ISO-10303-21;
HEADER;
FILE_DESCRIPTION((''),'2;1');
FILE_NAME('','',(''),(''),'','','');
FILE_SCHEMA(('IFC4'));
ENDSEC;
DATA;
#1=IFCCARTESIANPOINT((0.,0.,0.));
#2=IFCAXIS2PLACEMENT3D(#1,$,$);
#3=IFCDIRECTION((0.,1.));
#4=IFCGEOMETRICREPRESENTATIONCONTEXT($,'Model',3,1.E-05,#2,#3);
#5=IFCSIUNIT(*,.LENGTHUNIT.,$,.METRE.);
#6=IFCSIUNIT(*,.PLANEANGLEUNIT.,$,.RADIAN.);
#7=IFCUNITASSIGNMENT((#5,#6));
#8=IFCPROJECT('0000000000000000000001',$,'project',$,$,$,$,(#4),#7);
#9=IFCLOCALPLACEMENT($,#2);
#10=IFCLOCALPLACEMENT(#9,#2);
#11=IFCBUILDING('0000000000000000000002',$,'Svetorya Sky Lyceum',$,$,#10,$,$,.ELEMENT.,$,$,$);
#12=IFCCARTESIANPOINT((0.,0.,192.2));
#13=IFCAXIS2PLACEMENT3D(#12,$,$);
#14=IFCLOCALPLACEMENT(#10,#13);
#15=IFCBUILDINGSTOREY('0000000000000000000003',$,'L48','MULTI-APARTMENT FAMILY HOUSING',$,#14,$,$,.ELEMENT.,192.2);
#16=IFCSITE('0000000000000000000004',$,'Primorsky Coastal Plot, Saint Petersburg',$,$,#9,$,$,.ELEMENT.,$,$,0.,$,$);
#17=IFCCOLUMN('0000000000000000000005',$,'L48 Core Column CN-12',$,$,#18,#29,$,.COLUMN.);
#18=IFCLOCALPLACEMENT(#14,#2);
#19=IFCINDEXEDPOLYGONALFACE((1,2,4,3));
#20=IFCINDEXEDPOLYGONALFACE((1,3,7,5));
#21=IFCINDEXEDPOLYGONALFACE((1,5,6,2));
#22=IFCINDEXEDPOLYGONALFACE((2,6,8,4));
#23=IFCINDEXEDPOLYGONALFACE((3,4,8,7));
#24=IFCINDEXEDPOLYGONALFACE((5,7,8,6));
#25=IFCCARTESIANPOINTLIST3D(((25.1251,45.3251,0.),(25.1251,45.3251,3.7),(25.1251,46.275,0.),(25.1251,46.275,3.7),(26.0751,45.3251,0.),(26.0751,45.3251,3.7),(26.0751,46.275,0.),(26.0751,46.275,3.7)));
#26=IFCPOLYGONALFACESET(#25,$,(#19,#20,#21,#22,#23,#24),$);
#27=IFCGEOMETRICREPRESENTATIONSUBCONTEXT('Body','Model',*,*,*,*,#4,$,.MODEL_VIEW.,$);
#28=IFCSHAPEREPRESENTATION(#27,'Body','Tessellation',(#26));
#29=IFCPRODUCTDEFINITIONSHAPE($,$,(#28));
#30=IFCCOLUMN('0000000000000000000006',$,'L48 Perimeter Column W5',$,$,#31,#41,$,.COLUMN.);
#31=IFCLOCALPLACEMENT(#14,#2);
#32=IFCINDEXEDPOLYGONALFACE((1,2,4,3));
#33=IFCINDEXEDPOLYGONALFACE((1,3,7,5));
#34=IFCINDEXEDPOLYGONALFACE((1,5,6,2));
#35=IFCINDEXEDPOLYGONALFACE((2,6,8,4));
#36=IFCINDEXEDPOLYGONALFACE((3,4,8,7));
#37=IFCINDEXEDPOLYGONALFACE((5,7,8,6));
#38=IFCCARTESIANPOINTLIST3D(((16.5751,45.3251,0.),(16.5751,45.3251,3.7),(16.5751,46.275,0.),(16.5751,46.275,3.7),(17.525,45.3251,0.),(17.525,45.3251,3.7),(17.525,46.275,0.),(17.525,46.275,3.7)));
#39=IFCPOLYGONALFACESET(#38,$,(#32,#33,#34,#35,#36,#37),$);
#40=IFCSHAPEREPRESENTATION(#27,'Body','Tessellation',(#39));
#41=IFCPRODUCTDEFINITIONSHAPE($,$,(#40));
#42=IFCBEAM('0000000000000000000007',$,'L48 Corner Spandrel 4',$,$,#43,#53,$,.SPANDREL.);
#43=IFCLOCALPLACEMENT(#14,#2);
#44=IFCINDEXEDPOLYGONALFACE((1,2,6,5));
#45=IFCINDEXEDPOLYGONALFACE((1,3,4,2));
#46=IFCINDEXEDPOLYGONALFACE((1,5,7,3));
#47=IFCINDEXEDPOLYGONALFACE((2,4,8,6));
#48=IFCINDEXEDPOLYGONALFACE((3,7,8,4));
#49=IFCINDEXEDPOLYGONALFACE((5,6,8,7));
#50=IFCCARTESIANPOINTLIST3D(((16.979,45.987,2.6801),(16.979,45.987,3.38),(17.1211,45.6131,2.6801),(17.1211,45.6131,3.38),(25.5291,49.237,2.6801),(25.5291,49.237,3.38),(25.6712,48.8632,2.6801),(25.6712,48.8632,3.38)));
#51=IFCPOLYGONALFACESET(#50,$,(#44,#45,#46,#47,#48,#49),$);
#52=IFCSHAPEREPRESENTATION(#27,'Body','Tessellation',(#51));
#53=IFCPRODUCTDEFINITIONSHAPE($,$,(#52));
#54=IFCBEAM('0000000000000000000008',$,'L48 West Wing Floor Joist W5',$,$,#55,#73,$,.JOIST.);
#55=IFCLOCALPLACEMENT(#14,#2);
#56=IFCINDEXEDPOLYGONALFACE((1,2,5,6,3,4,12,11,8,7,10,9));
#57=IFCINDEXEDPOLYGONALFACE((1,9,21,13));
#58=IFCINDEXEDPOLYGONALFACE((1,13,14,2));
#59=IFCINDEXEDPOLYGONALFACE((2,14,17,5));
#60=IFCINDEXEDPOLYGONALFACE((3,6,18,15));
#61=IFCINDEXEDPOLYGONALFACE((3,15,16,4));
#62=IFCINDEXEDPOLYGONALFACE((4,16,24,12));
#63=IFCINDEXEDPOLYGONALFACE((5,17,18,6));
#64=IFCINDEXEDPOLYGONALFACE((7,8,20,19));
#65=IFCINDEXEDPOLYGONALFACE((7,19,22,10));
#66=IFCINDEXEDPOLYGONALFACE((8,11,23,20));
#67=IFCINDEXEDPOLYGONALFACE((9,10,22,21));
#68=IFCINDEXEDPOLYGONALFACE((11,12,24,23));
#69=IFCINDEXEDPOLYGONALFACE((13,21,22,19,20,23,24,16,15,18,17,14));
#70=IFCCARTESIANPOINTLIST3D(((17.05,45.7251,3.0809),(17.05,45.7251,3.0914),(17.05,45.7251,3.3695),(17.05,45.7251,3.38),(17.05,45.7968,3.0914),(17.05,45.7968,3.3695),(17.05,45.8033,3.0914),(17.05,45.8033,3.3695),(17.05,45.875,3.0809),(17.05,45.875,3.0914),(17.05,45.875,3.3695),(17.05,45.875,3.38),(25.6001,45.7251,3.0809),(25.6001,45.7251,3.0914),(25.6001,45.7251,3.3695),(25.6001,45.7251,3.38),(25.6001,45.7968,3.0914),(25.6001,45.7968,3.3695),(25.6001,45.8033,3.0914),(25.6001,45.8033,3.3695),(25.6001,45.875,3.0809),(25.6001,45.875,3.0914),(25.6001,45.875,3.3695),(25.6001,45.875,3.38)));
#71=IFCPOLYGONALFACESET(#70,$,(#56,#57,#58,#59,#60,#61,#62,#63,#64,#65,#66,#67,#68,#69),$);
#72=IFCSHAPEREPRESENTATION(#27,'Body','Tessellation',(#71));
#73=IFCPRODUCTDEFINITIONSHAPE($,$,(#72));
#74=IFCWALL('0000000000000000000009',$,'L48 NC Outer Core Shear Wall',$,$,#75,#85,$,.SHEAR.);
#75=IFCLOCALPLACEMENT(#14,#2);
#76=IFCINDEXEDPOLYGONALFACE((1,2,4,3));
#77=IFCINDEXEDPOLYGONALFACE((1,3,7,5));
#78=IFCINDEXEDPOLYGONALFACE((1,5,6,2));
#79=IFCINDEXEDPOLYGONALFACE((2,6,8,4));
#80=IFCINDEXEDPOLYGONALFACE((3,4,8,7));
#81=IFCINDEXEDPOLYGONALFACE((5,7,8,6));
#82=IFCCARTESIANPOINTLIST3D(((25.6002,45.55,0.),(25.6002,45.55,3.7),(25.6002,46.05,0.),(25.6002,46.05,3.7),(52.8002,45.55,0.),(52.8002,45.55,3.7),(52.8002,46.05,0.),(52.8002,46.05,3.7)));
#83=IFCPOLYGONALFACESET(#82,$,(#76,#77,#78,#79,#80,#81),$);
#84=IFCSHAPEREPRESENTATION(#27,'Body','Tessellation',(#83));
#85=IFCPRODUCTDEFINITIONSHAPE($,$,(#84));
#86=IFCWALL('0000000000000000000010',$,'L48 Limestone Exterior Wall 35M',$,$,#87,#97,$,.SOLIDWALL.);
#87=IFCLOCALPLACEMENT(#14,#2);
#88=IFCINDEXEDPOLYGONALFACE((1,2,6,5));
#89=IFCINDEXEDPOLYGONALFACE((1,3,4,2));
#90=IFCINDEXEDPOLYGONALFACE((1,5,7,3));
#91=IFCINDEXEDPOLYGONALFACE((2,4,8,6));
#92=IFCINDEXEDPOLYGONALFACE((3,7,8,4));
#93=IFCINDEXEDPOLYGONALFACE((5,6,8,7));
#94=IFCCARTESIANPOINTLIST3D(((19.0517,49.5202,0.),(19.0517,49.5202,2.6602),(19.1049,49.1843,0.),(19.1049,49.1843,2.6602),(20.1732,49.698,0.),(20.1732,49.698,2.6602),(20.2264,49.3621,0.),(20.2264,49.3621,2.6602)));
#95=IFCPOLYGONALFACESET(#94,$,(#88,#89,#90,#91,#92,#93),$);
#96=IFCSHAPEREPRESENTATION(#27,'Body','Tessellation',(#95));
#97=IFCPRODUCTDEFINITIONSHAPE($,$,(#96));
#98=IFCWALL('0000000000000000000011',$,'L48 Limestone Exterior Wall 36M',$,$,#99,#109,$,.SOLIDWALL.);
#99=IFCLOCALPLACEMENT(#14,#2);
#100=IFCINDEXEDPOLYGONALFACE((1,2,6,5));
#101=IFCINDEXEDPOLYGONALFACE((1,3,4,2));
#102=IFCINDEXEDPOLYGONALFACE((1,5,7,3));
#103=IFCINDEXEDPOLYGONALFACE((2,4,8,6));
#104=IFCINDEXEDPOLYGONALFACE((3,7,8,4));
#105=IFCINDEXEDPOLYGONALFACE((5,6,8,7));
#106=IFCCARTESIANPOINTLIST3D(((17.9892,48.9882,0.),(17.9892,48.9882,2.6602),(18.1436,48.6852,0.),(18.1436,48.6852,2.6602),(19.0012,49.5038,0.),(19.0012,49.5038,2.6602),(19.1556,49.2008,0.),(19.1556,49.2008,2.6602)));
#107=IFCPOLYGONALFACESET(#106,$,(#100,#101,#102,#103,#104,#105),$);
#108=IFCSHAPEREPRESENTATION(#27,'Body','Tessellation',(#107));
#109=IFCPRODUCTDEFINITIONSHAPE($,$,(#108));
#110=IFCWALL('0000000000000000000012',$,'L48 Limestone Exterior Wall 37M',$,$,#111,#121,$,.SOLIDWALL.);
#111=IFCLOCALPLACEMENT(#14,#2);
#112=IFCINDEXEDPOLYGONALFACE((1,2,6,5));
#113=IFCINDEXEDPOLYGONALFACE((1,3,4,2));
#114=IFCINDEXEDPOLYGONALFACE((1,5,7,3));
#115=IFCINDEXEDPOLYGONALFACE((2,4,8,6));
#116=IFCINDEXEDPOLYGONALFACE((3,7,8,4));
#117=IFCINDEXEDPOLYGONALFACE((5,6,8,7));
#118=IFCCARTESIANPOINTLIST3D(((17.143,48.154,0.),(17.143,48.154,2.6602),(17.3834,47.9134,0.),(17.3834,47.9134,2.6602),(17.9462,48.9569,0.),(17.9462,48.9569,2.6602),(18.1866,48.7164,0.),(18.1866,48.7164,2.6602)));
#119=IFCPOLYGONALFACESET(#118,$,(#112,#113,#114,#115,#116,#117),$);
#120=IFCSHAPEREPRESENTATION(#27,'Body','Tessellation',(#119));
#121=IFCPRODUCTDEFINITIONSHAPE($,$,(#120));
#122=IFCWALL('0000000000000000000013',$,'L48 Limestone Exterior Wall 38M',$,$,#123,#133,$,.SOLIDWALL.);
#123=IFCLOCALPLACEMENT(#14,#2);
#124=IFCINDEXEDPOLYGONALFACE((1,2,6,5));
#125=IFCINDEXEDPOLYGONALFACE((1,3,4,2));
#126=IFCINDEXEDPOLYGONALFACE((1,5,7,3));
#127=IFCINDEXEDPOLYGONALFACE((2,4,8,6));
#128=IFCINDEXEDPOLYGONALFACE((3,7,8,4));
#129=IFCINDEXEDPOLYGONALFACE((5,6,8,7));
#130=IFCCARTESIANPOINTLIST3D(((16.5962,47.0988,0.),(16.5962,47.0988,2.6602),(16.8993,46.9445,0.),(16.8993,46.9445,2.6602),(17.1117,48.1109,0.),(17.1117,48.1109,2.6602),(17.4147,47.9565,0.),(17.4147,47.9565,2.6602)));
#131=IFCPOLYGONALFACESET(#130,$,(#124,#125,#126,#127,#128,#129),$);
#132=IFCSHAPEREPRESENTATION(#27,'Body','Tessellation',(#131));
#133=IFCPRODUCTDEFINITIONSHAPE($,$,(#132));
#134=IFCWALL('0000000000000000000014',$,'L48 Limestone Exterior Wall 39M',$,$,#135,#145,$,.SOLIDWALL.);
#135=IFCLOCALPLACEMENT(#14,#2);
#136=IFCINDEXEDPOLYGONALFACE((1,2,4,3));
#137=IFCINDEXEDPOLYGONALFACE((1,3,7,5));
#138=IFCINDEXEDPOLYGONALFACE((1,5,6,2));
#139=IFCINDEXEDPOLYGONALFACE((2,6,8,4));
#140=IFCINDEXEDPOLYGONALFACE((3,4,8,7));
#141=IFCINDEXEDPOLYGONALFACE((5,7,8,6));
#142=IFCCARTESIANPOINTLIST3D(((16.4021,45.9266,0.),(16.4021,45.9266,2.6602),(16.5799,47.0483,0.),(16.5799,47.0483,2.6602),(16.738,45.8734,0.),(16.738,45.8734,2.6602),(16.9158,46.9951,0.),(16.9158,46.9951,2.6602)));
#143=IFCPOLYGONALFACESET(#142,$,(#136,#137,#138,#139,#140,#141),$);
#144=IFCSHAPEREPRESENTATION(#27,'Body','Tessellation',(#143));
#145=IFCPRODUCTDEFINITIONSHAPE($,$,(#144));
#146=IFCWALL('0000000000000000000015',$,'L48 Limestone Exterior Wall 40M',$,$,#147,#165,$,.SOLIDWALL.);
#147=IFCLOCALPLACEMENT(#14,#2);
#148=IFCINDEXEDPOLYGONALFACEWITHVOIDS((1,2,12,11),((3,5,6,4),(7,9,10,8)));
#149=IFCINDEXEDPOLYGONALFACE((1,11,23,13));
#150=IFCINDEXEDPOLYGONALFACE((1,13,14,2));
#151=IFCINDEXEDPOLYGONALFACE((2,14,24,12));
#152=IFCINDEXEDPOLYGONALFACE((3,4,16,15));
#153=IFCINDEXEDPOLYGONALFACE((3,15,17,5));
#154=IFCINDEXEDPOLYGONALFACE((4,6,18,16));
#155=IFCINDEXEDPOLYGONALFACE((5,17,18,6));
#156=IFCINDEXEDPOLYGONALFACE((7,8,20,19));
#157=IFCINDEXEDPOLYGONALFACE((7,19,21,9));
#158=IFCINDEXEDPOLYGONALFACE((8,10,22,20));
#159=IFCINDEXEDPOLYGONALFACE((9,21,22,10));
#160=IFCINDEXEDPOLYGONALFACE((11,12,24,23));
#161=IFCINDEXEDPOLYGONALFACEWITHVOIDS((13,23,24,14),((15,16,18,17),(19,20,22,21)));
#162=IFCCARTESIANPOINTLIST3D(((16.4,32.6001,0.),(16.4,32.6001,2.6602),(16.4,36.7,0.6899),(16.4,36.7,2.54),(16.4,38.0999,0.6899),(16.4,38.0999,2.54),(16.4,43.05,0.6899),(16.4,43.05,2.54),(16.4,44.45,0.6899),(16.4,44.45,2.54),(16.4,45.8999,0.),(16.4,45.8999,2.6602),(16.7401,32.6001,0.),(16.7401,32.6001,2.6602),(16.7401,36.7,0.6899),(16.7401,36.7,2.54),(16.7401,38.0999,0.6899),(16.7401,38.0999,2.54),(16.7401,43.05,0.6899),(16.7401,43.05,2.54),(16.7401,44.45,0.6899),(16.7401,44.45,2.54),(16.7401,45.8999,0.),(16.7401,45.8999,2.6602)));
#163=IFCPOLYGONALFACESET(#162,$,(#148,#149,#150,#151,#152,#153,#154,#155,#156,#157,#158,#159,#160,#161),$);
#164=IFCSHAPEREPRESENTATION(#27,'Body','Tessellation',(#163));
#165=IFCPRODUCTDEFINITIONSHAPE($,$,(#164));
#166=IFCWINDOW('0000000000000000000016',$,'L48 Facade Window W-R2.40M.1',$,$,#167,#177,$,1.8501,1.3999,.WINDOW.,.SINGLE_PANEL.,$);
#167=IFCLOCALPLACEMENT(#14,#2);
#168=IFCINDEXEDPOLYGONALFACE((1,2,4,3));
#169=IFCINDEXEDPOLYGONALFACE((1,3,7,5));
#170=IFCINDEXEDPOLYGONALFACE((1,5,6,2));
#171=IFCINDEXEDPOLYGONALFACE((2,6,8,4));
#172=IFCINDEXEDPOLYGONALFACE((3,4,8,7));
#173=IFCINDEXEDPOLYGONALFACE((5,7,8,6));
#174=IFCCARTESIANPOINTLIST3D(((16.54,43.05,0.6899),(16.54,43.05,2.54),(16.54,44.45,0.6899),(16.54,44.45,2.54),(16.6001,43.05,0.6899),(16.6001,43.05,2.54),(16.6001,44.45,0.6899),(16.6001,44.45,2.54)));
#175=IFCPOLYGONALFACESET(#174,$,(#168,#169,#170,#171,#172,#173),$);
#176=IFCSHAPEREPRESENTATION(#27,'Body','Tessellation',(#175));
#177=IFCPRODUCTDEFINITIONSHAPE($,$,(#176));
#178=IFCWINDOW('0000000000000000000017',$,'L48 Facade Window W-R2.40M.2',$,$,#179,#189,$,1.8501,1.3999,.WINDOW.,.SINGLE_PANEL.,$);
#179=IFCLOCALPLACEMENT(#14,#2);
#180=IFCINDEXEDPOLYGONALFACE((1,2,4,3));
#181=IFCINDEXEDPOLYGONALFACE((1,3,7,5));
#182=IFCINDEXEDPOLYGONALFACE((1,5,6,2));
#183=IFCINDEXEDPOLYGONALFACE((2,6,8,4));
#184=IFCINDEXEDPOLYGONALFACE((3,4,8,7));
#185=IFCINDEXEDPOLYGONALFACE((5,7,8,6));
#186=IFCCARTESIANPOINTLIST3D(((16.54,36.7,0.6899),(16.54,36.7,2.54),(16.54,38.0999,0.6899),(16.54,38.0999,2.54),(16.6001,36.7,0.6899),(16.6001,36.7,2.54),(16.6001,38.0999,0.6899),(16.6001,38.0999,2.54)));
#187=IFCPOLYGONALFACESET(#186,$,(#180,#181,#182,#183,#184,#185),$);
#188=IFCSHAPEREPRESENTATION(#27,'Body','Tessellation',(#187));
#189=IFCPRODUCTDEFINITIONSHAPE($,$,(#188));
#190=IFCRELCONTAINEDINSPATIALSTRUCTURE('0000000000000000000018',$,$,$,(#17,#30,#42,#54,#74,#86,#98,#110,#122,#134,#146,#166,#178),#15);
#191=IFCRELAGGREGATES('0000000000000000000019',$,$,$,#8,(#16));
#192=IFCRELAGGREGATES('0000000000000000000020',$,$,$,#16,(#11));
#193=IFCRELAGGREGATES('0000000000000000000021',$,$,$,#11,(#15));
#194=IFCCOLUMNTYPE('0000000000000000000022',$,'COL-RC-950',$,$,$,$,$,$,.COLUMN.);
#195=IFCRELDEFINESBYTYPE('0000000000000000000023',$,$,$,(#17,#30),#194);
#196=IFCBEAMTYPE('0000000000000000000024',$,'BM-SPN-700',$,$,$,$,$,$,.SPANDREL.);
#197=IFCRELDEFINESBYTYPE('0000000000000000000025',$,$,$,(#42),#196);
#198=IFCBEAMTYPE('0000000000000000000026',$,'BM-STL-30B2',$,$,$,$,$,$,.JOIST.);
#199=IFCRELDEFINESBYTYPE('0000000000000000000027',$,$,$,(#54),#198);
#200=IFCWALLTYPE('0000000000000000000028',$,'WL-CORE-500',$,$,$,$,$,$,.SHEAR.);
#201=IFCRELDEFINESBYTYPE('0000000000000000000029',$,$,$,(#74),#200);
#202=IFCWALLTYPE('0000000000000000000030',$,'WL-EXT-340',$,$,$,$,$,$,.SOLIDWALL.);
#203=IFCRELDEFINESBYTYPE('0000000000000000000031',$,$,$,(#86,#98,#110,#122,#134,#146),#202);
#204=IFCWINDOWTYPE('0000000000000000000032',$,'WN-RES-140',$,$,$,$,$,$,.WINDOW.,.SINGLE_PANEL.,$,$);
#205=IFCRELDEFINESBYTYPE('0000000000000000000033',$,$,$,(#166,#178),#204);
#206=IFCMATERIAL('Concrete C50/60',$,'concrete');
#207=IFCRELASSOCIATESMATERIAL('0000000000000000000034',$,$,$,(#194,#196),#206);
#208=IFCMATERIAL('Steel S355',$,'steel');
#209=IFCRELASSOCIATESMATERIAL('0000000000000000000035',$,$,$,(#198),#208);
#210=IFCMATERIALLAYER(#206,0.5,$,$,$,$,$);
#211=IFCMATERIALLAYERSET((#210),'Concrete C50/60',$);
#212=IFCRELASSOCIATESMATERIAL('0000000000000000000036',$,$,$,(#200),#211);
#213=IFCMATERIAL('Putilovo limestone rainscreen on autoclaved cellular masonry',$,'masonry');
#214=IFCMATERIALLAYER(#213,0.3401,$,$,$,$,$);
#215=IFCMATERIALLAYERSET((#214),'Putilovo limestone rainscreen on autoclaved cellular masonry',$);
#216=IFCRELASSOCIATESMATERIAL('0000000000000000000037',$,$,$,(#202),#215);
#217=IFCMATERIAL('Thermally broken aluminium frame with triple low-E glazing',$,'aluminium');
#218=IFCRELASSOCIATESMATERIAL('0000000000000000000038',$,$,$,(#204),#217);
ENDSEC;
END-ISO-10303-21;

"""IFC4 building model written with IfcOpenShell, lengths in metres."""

from ifc_helpers import new_model, si_unit, direction, frame, frame_2d, origin, origin_2d, place, context, subcontext, project, spatial, rectangle, i_section, extrude, material, layer, layer_set, material_profile, profile_set, type_object, element, fill, save


model = new_model("IFC4")

# Units and contexts
model_context = context("Model", 3, precision=1e-05, world=origin(), true_north=direction((0.0, 1.0)))
body_context = subcontext(model_context, "Body", "Model", "MODEL_VIEW")
ifc_project = project(units=[si_unit("LENGTHUNIT", "METRE"), si_unit("PLANEANGLEUNIT", "RADIAN")], contexts=[model_context])

# Site, building, storey
site_placement = place(None, origin())
site = spatial("IfcSite", under=ifc_project, at=site_placement, Name="Primorsky Coastal Plot, Saint Petersburg", CompositionType="ELEMENT", RefElevation=0.0)
building_placement = place(site_placement, origin())
building = spatial("IfcBuilding", under=site, at=building_placement, Name="Svetorya Sky Lyceum", CompositionType="ELEMENT")
storey_placement = place(building_placement, frame((0.0, 0.0, 192.2)))
storey = spatial("IfcBuildingStorey", under=building, at=storey_placement, Name="L48", Description="MULTI-APARTMENT FAMILY HOUSING", CompositionType="ELEMENT", Elevation=192.2)

# Columns
ifc_material_1 = material(Name="Concrete C50/60", Category="concrete")
ifc_material_profile_1 = material_profile(ifc_material_1, rectangle(XDim=0.95, YDim=0.95, at=origin_2d()), Name="RC COL 950x950")
ifc_profile_set_1 = profile_set([ifc_material_profile_1], Name="Concrete C50/60")
column_type = type_object("IfcColumnType", Name="COL-RC-950", PredefinedType="COLUMN", material=ifc_profile_set_1)
for number, where, z_axis, x_axis, name in (
    (1, (25.6001, 45.8, 0.0), (0.0, 0.0, 1.0), (1.0, 0.0, 0.0), "L48 Core Column CN-12"),
    (2, (17.05, 45.8, 0.0), (0.0, 0.0, 1.0), (1.0, 0.0, 0.0), "L48 Perimeter Column W5"),
):
    element("IfcColumn", number, at=place(storey_placement, frame(where, z_axis=z_axis, x_axis=x_axis)), inside=storey, type_object=column_type, Name=name, PredefinedType="COLUMN", context=body_context, shape_type="SweptSolid", body=[
        extrude(rectangle(XDim=0.95, YDim=0.95, at=origin_2d()), origin(), (0.0, 0.0, 1.0), 3.7),
    ])

# Beams
ifc_material_profile_2 = material_profile(ifc_material_1, rectangle(XDim=0.3999, YDim=0.7, at=origin_2d()), Name="RC SPANDREL 400x700")
ifc_profile_set_2 = profile_set([ifc_material_profile_2], Name="Concrete C50/60")
beam_type_1 = type_object("IfcBeamType", Name="BM-SPN-700", PredefinedType="SPANDREL", material=ifc_profile_set_2)
beam_1_placement = place(storey_placement, frame((17.05, 45.8, 3.03), z_axis=(0.934748, 0.355312, 0.0), x_axis=(-0.355312, 0.934748, 0.0)))
element("IfcBeam", 3, at=beam_1_placement, inside=storey, type_object=beam_type_1, Name="L48 Corner Spandrel 4", PredefinedType="SPANDREL", context=body_context, shape_type="SweptSolid", body=[
    extrude(rectangle(XDim=0.3999, YDim=0.7, at=origin_2d()), origin(), (0.0, 0.0, 1.0), 9.147),
])
ifc_material_2 = material(Name="Steel S355", Category="steel")
ifc_material_profile_3 = material_profile(ifc_material_2, i_section(OverallWidth=0.1499, OverallDepth=0.2991, WebThickness=0.0066, FlangeThickness=0.0105, at=origin_2d()), Name="GOST 30B2")
ifc_profile_set_3 = profile_set([ifc_material_profile_3], Name="Steel S355")
beam_type_2 = type_object("IfcBeamType", Name="BM-STL-30B2", PredefinedType="JOIST", material=ifc_profile_set_3)
beam_2_placement = place(storey_placement, frame((17.05, 45.8, 3.2305), z_axis=(1.0, 0.0, 0.0), x_axis=(0.0, 1.0, 0.0)))
element("IfcBeam", 4, at=beam_2_placement, inside=storey, type_object=beam_type_2, Name="L48 West Wing Floor Joist W5", PredefinedType="JOIST", context=body_context, shape_type="SweptSolid", body=[
    extrude(i_section(OverallWidth=0.1499, OverallDepth=0.2991, WebThickness=0.0066, FlangeThickness=0.0105, at=origin_2d()), origin(), (0.0, 0.0, 1.0), 8.55),
])

# Walls
ifc_layer_1 = layer(ifc_material_1, 0.5)
ifc_layer_set_1 = layer_set([ifc_layer_1], Name="Concrete C50/60")
wall_type_1 = type_object("IfcWallType", Name="WL-CORE-500", PredefinedType="SHEAR", material=ifc_layer_set_1)
wall_1_placement = place(storey_placement, frame((25.6001, 45.8, 0.0), z_axis=(0.0, 0.0, 1.0), x_axis=(1.0, 0.0, 0.0)))
element("IfcWall", 5, at=wall_1_placement, inside=storey, type_object=wall_type_1, Name="L48 NC Outer Core Shear Wall", PredefinedType="SHEAR", context=body_context, shape_type="SweptSolid", body=[
    extrude(rectangle(XDim=27.2, YDim=0.5, at=frame_2d((13.6001, 0.0))), origin(), (0.0, 0.0, 1.0), 3.7),
])
ifc_material_3 = material(Name="Putilovo limestone rainscreen on autoclaved cellular masonry", Category="masonry")
ifc_layer_2 = layer(ifc_material_3, 0.3401)
ifc_layer_set_2 = layer_set([ifc_layer_2], Name="Putilovo limestone rainscreen on autoclaved cellular masonry")
wall_type_2 = type_object("IfcWallType", Name="WL-EXT-340", PredefinedType="SOLIDWALL", material=ifc_layer_set_2)
wall_2_placement = place(storey_placement, frame((20.2, 49.53, 0.0), z_axis=(0.0, 0.0, 1.0), x_axis=(-0.987676, -0.156515, 0.0)))
element("IfcWall", 6, at=wall_2_placement, inside=storey, type_object=wall_type_2, Name="L48 Limestone Exterior Wall 35M", PredefinedType="SOLIDWALL", context=body_context, shape_type="SweptSolid", body=[
    extrude(rectangle(XDim=1.1355, YDim=0.3401, at=frame_2d((0.5679, 0.0))), origin(), (0.0, 0.0, 1.0), 2.6602),
])
for number, where, z_axis, x_axis, name in (
    (7, (19.0784, 49.3523, 0.0), (0.0, 0.0, 1.0), (-0.891005, -0.453993, 0.0), "L48 Limestone Exterior Wall 36M"),
    (8, (18.0664, 48.8367, 0.0), (0.0, 0.0, 1.0), (-0.707214, -0.706999, 0.0), "L48 Limestone Exterior Wall 37M"),
    (9, (17.2632, 48.0337, 0.0), (0.0, 0.0, 1.0), (-0.453823, -0.891092, 0.0), "L48 Limestone Exterior Wall 38M"),
    (10, (16.7478, 47.0217, 0.0), (0.0, 0.0, 1.0), (-0.156481, -0.987681, 0.0), "L48 Limestone Exterior Wall 39M"),
):
    element("IfcWall", number, at=place(storey_placement, frame(where, z_axis=z_axis, x_axis=x_axis)), inside=storey, type_object=wall_type_2, Name=name, PredefinedType="SOLIDWALL", context=body_context, shape_type="SweptSolid", body=[
        extrude(rectangle(XDim=1.1357, YDim=0.3401, at=frame_2d((0.5679, 0.0))), origin(), (0.0, 0.0, 1.0), 2.6602),
    ])

# Wall, openings, windows
wall_3_placement = place(storey_placement, frame((16.5701, 45.8999, 0.0), z_axis=(0.0, 0.0, 1.0), x_axis=(0.0, -1.0, 0.0)))
wall_3 = element("IfcWall", 11, at=wall_3_placement, inside=storey, type_object=wall_type_2, Name="L48 Limestone Exterior Wall 40M", PredefinedType="SOLIDWALL", context=body_context, shape_type="SweptSolid", body=[
    extrude(rectangle(XDim=13.2998, YDim=0.3401, at=frame_2d((6.6499, 0.0))), origin(), (0.0, 0.0, 1.0), 2.6602),
])
opening_1_placement = place(wall_3_placement, frame((1.45, 0.0, 0.6899)))
opening_1 = element("IfcOpeningElement", 12, at=opening_1_placement, cuts=wall_3, PredefinedType="OPENING", context=body_context, shape_type="SweptSolid", body=[
    extrude(rectangle(XDim=1.3999, YDim=1.8501, at=frame_2d((0.7, 0.925))), frame((0.0, 0.1799, 0.0), z_axis=(0.0, -1.0, 0.0), x_axis=(1.0, 0.0, 0.0)), (0.0, 0.0, 1.0), 0.3601),
])
opening_2_placement = place(wall_3_placement, frame((7.8, 0.0, 0.6899)))
opening_2 = element("IfcOpeningElement", 13, at=opening_2_placement, cuts=wall_3, PredefinedType="OPENING", context=body_context, shape_type="SweptSolid", body=[
    extrude(rectangle(XDim=1.3999, YDim=1.8501, at=frame_2d((0.7, 0.925))), frame((0.0, 0.1799, 0.0), z_axis=(0.0, -1.0, 0.0), x_axis=(1.0, 0.0, 0.0)), (0.0, 0.0, 1.0), 0.3601),
])
ifc_material_4 = material(Name="Thermally broken aluminium frame with triple low-E glazing", Category="aluminium")
window_type = type_object("IfcWindowType", Name="WN-RES-140", PartitioningType="SINGLE_PANEL", PredefinedType="WINDOW", material=ifc_material_4)
window_1_placement = place(opening_1_placement, origin())
window_1 = element("IfcWindow", 14, at=window_1_placement, inside=storey, type_object=window_type, Name="L48 Facade Window W-R2.40M.1", OverallHeight=1.8501, OverallWidth=1.3999, PartitioningType="SINGLE_PANEL", PredefinedType="WINDOW", context=body_context, shape_type="SweptSolid", body=[
    extrude(rectangle(XDim=1.3999, YDim=1.8501, at=frame_2d((0.7, 0.925))), frame((0.0, 0.03, 0.0), z_axis=(0.0, -1.0, 0.0), x_axis=(1.0, 0.0, 0.0)), (0.0, 0.0, 1.0), 0.0601),
])
fill(opening_1, window_1)
window_2_placement = place(opening_2_placement, origin())
window_2 = element("IfcWindow", 15, at=window_2_placement, inside=storey, type_object=window_type, Name="L48 Facade Window W-R2.40M.2", OverallHeight=1.8501, OverallWidth=1.3999, PartitioningType="SINGLE_PANEL", PredefinedType="WINDOW", context=body_context, shape_type="SweptSolid", body=[
    extrude(rectangle(XDim=1.3999, YDim=1.8501, at=frame_2d((0.7, 0.925))), frame((0.0, 0.03, 0.0), z_axis=(0.0, -1.0, 0.0), x_axis=(1.0, 0.0, 0.0)), (0.0, 0.0, 1.0), 0.0601),
])
fill(opening_2, window_2)

save(model, "model.ifc")
